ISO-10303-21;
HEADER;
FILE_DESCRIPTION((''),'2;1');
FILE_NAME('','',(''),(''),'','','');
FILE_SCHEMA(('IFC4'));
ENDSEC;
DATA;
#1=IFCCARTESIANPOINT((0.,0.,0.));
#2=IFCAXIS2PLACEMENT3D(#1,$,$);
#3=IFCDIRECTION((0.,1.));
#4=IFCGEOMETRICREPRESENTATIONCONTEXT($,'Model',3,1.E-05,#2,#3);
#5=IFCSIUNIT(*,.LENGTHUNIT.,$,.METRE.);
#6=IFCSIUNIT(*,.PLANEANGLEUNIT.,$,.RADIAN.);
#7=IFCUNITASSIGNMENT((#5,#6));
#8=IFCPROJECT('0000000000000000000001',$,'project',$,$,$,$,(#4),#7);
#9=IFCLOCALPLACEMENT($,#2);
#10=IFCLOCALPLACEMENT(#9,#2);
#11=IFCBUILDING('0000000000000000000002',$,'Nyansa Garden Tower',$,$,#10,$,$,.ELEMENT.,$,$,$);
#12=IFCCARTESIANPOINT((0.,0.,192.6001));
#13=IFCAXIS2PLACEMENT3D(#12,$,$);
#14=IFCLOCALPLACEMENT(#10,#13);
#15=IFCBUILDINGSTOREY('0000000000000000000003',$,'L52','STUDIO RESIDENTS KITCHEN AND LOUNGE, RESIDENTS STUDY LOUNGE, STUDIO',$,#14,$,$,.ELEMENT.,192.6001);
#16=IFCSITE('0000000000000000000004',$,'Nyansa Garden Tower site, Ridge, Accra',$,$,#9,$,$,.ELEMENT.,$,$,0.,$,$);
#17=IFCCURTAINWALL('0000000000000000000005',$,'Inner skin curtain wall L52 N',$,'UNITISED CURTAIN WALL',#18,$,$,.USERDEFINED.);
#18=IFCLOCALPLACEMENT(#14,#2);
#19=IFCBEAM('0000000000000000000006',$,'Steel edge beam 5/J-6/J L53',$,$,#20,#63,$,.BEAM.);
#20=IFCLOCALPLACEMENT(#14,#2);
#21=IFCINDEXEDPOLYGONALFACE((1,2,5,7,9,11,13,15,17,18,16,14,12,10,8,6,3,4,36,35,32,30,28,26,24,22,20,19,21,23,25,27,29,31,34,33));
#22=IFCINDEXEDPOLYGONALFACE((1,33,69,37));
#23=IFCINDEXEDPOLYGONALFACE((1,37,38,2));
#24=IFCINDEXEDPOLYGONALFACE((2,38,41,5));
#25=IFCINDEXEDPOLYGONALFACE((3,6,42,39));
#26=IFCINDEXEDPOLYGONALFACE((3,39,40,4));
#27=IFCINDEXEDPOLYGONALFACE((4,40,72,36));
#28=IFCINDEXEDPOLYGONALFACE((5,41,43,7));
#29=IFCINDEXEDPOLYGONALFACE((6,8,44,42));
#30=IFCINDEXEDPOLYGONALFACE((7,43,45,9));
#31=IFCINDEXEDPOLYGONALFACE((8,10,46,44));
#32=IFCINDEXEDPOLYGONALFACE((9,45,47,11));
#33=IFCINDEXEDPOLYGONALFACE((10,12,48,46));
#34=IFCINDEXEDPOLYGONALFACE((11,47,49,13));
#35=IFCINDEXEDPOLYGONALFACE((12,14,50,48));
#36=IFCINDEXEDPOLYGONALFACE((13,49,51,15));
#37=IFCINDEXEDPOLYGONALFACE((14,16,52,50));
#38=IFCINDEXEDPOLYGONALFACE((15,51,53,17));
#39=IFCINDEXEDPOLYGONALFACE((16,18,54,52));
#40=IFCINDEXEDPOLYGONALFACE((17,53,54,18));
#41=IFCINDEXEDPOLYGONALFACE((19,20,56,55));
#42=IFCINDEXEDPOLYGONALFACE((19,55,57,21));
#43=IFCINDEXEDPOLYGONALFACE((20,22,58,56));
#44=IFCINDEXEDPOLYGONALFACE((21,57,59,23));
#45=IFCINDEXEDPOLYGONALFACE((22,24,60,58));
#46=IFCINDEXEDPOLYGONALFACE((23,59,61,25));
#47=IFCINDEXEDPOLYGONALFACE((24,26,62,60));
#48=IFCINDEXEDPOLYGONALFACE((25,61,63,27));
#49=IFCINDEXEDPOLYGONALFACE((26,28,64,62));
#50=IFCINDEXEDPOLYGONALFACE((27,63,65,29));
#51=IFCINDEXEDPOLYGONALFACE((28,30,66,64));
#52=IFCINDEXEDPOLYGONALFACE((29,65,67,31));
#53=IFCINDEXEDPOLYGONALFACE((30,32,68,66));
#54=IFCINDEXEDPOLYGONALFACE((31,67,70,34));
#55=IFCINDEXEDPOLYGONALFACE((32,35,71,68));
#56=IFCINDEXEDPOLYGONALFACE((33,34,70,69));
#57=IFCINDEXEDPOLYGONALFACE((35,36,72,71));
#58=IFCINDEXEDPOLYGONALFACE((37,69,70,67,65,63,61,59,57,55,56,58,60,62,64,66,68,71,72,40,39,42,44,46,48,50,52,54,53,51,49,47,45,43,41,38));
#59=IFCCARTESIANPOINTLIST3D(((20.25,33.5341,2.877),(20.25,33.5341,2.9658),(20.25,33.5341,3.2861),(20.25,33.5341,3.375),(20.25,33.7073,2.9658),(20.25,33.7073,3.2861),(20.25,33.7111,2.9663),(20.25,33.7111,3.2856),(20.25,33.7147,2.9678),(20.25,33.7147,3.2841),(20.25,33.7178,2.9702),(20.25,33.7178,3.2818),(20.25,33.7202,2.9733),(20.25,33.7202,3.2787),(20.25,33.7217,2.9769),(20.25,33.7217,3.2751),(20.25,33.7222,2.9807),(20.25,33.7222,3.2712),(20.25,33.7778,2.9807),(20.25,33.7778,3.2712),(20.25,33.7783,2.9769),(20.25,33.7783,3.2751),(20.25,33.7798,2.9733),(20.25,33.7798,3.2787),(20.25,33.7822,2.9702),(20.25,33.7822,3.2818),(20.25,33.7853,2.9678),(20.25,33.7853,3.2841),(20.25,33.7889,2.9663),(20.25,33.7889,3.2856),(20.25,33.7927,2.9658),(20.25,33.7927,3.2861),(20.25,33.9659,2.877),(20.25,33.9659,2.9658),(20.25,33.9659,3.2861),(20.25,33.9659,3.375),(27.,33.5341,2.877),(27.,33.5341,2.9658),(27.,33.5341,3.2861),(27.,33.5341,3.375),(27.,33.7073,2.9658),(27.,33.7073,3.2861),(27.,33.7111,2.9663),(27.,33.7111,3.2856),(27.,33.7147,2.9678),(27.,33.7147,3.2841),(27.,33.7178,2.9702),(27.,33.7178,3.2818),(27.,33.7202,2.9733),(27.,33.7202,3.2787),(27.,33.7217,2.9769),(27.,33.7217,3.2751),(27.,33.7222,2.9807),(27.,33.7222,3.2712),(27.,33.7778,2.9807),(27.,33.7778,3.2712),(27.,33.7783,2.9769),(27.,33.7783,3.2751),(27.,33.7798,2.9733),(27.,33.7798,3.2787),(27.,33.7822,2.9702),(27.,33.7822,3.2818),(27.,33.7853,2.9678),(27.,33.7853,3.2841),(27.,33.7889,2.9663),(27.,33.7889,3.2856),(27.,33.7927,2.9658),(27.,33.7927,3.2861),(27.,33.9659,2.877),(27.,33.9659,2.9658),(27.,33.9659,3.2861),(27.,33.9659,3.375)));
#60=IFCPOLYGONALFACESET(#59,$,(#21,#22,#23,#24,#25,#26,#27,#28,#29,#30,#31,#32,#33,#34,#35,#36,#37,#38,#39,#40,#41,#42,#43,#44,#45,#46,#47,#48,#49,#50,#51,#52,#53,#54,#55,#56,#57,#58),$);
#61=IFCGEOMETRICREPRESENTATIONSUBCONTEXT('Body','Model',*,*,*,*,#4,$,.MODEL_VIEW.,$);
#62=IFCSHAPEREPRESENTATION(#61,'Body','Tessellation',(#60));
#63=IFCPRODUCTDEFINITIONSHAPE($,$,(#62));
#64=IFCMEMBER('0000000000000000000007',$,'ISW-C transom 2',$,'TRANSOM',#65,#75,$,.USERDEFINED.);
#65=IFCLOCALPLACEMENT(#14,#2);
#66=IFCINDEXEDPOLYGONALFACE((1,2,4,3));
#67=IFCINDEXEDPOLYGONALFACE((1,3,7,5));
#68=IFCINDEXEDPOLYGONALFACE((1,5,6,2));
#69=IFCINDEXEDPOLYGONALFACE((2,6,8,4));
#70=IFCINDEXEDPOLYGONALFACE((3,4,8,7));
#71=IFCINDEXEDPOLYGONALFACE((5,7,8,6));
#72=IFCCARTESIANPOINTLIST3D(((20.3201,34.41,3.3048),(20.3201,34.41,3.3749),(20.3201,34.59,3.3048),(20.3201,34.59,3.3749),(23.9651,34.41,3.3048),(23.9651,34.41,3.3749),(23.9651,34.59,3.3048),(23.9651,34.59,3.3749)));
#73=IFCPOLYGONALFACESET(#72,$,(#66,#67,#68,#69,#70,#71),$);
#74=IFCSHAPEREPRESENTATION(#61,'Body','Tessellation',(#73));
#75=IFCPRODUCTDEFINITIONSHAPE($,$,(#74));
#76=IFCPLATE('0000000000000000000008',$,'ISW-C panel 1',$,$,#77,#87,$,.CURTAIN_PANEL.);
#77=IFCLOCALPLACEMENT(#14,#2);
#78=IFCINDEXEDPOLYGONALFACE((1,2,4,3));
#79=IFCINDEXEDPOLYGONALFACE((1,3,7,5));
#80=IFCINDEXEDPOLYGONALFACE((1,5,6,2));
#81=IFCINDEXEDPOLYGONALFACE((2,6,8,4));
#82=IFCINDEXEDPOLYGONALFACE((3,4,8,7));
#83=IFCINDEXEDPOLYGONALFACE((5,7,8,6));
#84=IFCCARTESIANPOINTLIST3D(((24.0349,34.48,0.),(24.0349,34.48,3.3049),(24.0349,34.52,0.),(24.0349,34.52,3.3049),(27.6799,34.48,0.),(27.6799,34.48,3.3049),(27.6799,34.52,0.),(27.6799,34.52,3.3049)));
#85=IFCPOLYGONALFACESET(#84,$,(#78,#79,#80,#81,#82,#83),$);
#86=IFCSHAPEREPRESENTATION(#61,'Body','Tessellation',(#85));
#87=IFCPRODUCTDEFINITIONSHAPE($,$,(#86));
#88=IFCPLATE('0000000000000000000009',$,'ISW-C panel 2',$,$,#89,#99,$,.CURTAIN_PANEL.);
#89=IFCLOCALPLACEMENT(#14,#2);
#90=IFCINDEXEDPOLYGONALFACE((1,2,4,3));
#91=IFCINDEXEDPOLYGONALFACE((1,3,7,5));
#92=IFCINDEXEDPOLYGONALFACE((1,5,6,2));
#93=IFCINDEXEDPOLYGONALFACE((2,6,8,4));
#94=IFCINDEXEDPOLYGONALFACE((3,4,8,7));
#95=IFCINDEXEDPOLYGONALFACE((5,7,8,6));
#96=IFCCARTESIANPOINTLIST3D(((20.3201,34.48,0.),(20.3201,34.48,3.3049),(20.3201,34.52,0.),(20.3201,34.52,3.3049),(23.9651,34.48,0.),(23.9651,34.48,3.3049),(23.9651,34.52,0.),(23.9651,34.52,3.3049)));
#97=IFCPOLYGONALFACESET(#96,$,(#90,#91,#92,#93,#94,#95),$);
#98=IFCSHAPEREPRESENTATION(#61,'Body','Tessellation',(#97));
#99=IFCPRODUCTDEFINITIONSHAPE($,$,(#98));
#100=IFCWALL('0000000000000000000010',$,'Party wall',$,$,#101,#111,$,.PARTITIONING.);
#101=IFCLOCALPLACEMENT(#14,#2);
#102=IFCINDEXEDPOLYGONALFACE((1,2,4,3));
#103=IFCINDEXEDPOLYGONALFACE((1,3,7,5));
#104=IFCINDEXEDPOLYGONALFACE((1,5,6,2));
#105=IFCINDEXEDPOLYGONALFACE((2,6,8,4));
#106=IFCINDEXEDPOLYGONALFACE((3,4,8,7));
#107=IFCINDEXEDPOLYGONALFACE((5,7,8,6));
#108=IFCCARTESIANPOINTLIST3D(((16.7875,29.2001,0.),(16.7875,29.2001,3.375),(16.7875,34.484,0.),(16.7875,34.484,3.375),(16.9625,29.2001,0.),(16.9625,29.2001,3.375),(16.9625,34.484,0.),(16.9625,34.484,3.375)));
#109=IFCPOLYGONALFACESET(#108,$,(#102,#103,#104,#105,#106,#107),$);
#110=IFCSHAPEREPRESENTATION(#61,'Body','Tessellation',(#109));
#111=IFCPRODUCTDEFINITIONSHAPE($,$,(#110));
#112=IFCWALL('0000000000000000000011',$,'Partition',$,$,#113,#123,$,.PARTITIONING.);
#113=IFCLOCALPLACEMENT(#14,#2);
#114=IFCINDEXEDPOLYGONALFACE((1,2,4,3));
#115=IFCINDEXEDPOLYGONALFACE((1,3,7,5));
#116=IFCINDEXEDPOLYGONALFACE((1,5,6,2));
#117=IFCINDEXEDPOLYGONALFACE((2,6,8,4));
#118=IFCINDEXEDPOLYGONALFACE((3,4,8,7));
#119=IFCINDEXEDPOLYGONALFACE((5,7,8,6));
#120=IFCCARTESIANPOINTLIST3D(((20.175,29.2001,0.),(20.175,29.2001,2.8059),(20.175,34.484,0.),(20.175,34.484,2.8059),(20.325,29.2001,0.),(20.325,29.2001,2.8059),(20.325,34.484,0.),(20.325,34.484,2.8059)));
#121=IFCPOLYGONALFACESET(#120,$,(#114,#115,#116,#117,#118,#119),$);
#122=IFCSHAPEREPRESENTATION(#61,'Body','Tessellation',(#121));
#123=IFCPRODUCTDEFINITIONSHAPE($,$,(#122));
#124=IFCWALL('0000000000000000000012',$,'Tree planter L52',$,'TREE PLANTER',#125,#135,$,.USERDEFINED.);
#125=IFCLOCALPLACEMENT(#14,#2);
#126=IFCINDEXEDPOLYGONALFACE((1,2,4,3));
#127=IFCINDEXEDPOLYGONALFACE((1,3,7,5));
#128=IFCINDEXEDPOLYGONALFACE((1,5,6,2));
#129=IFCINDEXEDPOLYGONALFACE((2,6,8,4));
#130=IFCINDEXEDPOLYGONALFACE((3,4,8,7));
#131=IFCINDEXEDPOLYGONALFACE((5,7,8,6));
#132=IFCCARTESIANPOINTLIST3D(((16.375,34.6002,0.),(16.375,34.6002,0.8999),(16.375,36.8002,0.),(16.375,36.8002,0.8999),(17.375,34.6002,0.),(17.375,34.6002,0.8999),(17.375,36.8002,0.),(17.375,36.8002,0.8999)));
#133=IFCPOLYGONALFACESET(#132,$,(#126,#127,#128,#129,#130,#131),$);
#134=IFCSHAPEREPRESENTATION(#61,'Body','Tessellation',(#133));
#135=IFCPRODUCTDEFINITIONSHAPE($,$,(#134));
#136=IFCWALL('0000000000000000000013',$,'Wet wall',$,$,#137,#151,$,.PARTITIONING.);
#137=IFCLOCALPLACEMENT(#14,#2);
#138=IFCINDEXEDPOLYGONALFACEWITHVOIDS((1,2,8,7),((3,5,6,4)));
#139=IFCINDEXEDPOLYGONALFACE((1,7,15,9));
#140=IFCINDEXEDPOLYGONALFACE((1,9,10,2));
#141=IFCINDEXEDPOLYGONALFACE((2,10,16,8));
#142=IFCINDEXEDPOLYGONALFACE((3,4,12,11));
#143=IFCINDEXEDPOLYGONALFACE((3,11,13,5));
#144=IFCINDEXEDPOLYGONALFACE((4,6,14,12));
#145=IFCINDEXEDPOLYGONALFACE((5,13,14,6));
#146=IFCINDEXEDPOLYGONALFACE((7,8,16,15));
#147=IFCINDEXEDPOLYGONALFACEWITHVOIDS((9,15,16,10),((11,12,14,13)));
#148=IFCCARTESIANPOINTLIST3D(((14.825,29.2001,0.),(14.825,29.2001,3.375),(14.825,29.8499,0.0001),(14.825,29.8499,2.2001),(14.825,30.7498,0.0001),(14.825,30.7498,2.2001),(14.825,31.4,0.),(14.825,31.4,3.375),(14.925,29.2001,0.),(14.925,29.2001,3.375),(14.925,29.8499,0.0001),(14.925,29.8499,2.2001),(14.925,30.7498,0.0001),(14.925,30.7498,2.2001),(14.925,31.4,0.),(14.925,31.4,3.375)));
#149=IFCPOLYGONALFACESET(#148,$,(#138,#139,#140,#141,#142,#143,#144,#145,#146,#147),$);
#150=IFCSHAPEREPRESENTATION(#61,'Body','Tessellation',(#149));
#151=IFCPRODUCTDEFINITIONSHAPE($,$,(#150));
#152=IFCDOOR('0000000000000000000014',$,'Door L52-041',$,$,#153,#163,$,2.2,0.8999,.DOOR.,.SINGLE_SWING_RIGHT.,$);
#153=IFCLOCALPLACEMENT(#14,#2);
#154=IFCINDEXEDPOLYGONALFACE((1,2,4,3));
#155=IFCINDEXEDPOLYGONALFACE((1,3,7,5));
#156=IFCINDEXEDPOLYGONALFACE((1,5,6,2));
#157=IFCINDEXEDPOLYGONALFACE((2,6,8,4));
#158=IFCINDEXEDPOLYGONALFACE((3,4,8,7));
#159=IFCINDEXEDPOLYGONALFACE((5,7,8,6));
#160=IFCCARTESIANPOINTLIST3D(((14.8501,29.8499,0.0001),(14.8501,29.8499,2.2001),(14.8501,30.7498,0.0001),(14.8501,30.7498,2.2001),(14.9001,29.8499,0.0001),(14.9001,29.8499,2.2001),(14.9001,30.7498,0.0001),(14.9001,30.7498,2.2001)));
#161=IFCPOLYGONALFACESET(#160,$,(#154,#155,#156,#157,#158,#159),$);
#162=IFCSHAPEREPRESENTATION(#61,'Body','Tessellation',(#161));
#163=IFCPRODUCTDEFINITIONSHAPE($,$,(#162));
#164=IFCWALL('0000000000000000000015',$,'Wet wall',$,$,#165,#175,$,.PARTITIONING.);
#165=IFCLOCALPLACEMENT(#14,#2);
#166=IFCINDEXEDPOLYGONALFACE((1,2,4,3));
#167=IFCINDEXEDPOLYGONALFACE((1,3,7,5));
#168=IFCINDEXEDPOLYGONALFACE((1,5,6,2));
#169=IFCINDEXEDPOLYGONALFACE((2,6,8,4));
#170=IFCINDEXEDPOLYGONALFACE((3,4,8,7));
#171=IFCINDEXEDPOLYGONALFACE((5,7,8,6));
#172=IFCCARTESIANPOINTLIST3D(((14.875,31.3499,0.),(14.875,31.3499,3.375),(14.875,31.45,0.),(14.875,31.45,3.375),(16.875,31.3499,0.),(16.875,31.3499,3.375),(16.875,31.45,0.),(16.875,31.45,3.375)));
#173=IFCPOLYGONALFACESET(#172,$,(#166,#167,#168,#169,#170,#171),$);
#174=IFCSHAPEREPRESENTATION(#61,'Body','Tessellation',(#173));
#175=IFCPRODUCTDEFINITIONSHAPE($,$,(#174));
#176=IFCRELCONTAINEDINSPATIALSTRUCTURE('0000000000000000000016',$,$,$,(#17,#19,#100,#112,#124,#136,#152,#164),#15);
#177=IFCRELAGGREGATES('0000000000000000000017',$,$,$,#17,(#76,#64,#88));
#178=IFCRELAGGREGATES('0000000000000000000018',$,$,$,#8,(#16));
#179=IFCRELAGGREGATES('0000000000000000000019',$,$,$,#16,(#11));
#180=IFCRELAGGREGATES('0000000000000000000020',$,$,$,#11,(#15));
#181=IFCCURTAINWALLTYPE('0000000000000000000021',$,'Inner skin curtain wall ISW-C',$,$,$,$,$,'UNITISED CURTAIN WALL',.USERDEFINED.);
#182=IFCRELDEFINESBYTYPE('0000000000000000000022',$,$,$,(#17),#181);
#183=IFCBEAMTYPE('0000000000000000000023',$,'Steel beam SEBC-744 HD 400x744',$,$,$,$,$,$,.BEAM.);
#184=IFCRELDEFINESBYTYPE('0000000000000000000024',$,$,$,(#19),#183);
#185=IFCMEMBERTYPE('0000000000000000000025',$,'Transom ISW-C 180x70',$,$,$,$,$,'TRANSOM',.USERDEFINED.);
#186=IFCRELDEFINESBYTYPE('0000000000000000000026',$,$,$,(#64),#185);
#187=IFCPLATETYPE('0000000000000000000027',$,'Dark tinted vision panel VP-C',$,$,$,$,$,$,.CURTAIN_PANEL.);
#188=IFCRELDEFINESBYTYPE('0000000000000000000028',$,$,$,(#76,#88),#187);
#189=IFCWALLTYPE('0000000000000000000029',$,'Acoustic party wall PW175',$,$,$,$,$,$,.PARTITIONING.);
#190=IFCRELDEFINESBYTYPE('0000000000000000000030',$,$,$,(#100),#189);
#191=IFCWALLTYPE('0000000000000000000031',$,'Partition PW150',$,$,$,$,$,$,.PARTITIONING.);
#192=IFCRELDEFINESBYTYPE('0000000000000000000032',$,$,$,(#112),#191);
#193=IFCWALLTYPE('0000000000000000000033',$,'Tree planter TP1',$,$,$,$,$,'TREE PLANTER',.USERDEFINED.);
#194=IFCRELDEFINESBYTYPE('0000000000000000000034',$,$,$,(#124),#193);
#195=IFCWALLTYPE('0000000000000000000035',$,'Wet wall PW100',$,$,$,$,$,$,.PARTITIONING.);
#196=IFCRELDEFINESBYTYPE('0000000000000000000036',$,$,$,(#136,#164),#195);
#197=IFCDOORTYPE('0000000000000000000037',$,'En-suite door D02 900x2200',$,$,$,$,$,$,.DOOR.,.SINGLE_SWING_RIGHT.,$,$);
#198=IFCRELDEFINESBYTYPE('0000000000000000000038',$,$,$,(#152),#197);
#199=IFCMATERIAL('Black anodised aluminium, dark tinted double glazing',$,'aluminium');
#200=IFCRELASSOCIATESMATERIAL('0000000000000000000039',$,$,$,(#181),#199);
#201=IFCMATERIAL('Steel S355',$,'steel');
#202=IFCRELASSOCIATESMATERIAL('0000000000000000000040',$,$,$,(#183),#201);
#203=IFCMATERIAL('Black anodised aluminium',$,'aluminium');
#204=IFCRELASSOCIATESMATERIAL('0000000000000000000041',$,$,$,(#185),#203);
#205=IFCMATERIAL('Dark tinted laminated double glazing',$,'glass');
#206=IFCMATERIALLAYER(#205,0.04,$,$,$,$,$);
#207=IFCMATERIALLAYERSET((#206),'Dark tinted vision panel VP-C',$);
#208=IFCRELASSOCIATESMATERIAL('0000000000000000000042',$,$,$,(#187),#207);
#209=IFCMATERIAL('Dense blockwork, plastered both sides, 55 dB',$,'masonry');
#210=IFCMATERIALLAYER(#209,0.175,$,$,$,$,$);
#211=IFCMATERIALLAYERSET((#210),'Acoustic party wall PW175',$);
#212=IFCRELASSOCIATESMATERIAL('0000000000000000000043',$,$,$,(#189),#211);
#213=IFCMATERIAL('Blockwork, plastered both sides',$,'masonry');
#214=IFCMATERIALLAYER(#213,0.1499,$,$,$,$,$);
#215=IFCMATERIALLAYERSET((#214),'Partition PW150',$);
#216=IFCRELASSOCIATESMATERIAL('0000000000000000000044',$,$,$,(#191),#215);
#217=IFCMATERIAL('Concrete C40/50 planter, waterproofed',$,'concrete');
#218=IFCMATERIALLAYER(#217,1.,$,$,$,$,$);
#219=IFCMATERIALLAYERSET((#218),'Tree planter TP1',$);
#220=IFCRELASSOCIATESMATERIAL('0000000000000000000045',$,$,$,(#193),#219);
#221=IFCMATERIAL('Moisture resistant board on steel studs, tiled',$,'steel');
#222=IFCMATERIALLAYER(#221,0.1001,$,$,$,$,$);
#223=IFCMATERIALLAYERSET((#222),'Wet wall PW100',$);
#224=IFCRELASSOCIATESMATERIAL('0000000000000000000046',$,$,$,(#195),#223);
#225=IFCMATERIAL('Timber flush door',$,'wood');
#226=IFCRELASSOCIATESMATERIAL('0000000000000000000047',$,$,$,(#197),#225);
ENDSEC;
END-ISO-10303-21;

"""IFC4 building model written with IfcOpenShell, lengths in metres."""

from ifc_helpers import new_model, si_unit, direction, frame, frame_2d, origin, origin_2d, place, context, subcontext, project, spatial, rectangle, i_section, extrude, material, layer, layer_set, material_profile, profile_set, type_object, element, fill, aggregate, save


model = new_model("IFC4")

# Units and contexts
model_context = context("Model", 3, precision=1e-05, world=origin(), true_north=direction((0.0, 1.0)))
body_context = subcontext(model_context, "Body", "Model", "MODEL_VIEW")
ifc_project = project(units=[si_unit("LENGTHUNIT", "METRE"), si_unit("PLANEANGLEUNIT", "RADIAN")], contexts=[model_context])

# Site, building, storey
site_placement = place(None, origin())
site = spatial("IfcSite", under=ifc_project, at=site_placement, Name="Nyansa Garden Tower site, Ridge, Accra", CompositionType="ELEMENT", RefElevation=0.0)
building_placement = place(site_placement, origin())
building = spatial("IfcBuilding", under=site, at=building_placement, Name="Nyansa Garden Tower", CompositionType="ELEMENT")
storey_placement = place(building_placement, frame((0.0, 0.0, 192.6001)))
storey = spatial("IfcBuildingStorey", under=building, at=storey_placement, Name="L52", Description="STUDIO RESIDENTS KITCHEN AND LOUNGE, RESIDENTS STUDY LOUNGE, STUDIO", CompositionType="ELEMENT", Elevation=192.6001)

# Curtain wall
ifc_material_1 = material(Name="Black anodised aluminium, dark tinted double glazing", Category="aluminium")
curtain_wall_type = type_object("IfcCurtainWallType", Name="Inner skin curtain wall ISW-C", ElementType="UNITISED CURTAIN WALL", PredefinedType="USERDEFINED", material=ifc_material_1)
curtain_wall_placement = place(storey_placement, origin())
curtain_wall = element("IfcCurtainWall", 1, at=curtain_wall_placement, inside=storey, type_object=curtain_wall_type, Name="Inner skin curtain wall L52 N", ObjectType="UNITISED CURTAIN WALL", PredefinedType="USERDEFINED")

# Beam
ifc_material_2 = material(Name="Steel S355", Category="steel")
ifc_material_profile_1 = material_profile(ifc_material_2, i_section(OverallWidth=0.4319, OverallDepth=0.498, WebThickness=0.0557, FlangeThickness=0.0889, FilletRadius=0.0149, at=origin_2d()), Name="HD 400x744")
ifc_profile_set_1 = profile_set([ifc_material_profile_1], Name="Steel S355")
beam_type_1 = type_object("IfcBeamType", Name="Steel beam SEBC-744 HD 400x744", PredefinedType="BEAM", material=ifc_profile_set_1)
beam_1_placement = place(storey_placement, frame((20.25, 33.75, 3.126), z_axis=(1.0, 0.0, 0.0), x_axis=(0.0, 1.0, 0.0)))
element("IfcBeam", 2, at=beam_1_placement, inside=storey, type_object=beam_type_1, Name="Steel edge beam 5/J-6/J L53", PredefinedType="BEAM", context=body_context, shape_type="SweptSolid", body=[
    extrude(i_section(OverallWidth=0.4319, OverallDepth=0.498, WebThickness=0.0557, FlangeThickness=0.0889, FilletRadius=0.0149, at=origin_2d()), origin(), (0.0, 0.0, 1.0), 6.75),
])

# Member
ifc_material_3 = material(Name="Black anodised aluminium", Category="aluminium")
ifc_material_profile_2 = material_profile(ifc_material_3, rectangle(XDim=0.1799, YDim=0.0701, at=origin_2d()), Name="Transom 180x70")
ifc_profile_set_2 = profile_set([ifc_material_profile_2], Name="Black anodised aluminium")
member_type_1 = type_object("IfcMemberType", Name="Transom ISW-C 180x70", ElementType="TRANSOM", PredefinedType="USERDEFINED", material=ifc_profile_set_2)
member_1_placement = place(storey_placement, frame((23.9651, 34.5, 3.3398), z_axis=(-1.0, 0.0, 0.0), x_axis=(0.0, -1.0, 0.0)))
member_1 = element("IfcMember", 3, at=member_1_placement, type_object=member_type_1, Name="ISW-C transom 2", ObjectType="TRANSOM", PredefinedType="USERDEFINED", context=body_context, shape_type="SweptSolid", body=[
    extrude(rectangle(XDim=0.1799, YDim=0.0701, at=origin_2d()), origin(), (0.0, 0.0, 1.0), 3.645),
])

# Plates
ifc_material_4 = material(Name="Dark tinted laminated double glazing", Category="glass")
ifc_layer_1 = layer(ifc_material_4, 0.04)
ifc_layer_set_1 = layer_set([ifc_layer_1], Name="Dark tinted vision panel VP-C")
plate_type = type_object("IfcPlateType", Name="Dark tinted vision panel VP-C", PredefinedType="CURTAIN_PANEL", material=ifc_layer_set_1)
plate_1_placement = place(storey_placement, frame((25.8574, 34.5, 0.0), z_axis=(0.0, 0.0, 1.0), x_axis=(-1.0, 0.0, 0.0)))
plate_1 = element("IfcPlate", 4, at=plate_1_placement, type_object=plate_type, Name="ISW-C panel 1", PredefinedType="CURTAIN_PANEL", context=body_context, shape_type="SweptSolid", body=[
    extrude(rectangle(XDim=3.645, YDim=0.04, at=origin_2d()), origin(), (0.0, 0.0, 1.0), 3.3049),
])
plate_2_placement = place(storey_placement, frame((22.1426, 34.5, 0.0), z_axis=(0.0, 0.0, 1.0), x_axis=(-1.0, 0.0, 0.0)))
plate_2 = element("IfcPlate", 5, at=plate_2_placement, type_object=plate_type, Name="ISW-C panel 2", PredefinedType="CURTAIN_PANEL", context=body_context, shape_type="SweptSolid", body=[
    extrude(rectangle(XDim=3.645, YDim=0.04, at=origin_2d()), origin(), (0.0, 0.0, 1.0), 3.3049),
])
aggregate(curtain_wall, [plate_1, member_1, plate_2])

# Walls
ifc_material_5 = material(Name="Dense blockwork, plastered both sides, 55 dB", Category="masonry")
ifc_layer_2 = layer(ifc_material_5, 0.175)
ifc_layer_set_2 = layer_set([ifc_layer_2], Name="Acoustic party wall PW175")
wall_type_1 = type_object("IfcWallType", Name="Acoustic party wall PW175", PredefinedType="PARTITIONING", material=ifc_layer_set_2)
wall_1_placement = place(storey_placement, frame((16.875, 29.2, 0.0), z_axis=(0.0, 0.0, 1.0), x_axis=(0.0, 1.0, 0.0)))
element("IfcWall", 6, at=wall_1_placement, inside=storey, type_object=wall_type_1, Name="Party wall", PredefinedType="PARTITIONING", context=body_context, shape_type="SweptSolid", body=[
    extrude(rectangle(XDim=5.2839, YDim=0.175, at=frame_2d((2.6421, 0.0))), origin(), (0.0, 0.0, 1.0), 3.375),
])
ifc_material_6 = material(Name="Blockwork, plastered both sides", Category="masonry")
ifc_layer_3 = layer(ifc_material_6, 0.1499)
ifc_layer_set_3 = layer_set([ifc_layer_3], Name="Partition PW150")
wall_type_2 = type_object("IfcWallType", Name="Partition PW150", PredefinedType="PARTITIONING", material=ifc_layer_set_3)
wall_2_placement = place(storey_placement, frame((20.25, 29.2, 0.0), z_axis=(0.0, 0.0, 1.0), x_axis=(0.0, 1.0, 0.0)))
element("IfcWall", 7, at=wall_2_placement, inside=storey, type_object=wall_type_2, Name="Partition", PredefinedType="PARTITIONING", context=body_context, shape_type="SweptSolid", body=[
    extrude(rectangle(XDim=5.2839, YDim=0.1499, at=frame_2d((2.6421, 0.0))), origin(), (0.0, 0.0, 1.0), 2.8059),
])
ifc_material_7 = material(Name="Concrete C40/50 planter, waterproofed", Category="concrete")
ifc_layer_4 = layer(ifc_material_7, 1.0)
ifc_layer_set_4 = layer_set([ifc_layer_4], Name="Tree planter TP1")
wall_type_3 = type_object("IfcWallType", Name="Tree planter TP1", ElementType="TREE PLANTER", PredefinedType="USERDEFINED", material=ifc_layer_set_4)
wall_3_placement = place(storey_placement, frame((16.875, 34.6001, 0.0), z_axis=(0.0, 0.0, 1.0), x_axis=(0.0, 1.0, 0.0)))
element("IfcWall", 8, at=wall_3_placement, inside=storey, type_object=wall_type_3, Name="Tree planter L52", ObjectType="TREE PLANTER", PredefinedType="USERDEFINED", context=body_context, shape_type="SweptSolid", body=[
    extrude(rectangle(XDim=2.2, YDim=1.0, at=frame_2d((1.1001, 0.0))), origin(), (0.0, 0.0, 1.0), 0.8999),
])

# Wall, opening, door
ifc_material_8 = material(Name="Moisture resistant board on steel studs, tiled", Category="steel")
ifc_layer_5 = layer(ifc_material_8, 0.1001)
ifc_layer_set_5 = layer_set([ifc_layer_5], Name="Wet wall PW100")
wall_type_4 = type_object("IfcWallType", Name="Wet wall PW100", PredefinedType="PARTITIONING", material=ifc_layer_set_5)
wall_4_placement = place(storey_placement, frame((14.875, 29.2, 0.0), z_axis=(0.0, 0.0, 1.0), x_axis=(0.0, 1.0, 0.0)))
wall_4 = element("IfcWall", 9, at=wall_4_placement, inside=storey, type_object=wall_type_4, Name="Wet wall", PredefinedType="PARTITIONING", context=body_context, shape_type="SweptSolid", body=[
    extrude(rectangle(XDim=2.2, YDim=0.1001, at=frame_2d((1.1001, 0.0))), origin(), (0.0, 0.0, 1.0), 3.375),
])
opening_1_placement = place(wall_4_placement, frame((0.6499, 0.0, 0.0)))
opening_1 = element("IfcOpeningElement", 10, at=opening_1_placement, cuts=wall_4, PredefinedType="OPENING", context=body_context, shape_type="SweptSolid", body=[
    extrude(rectangle(XDim=0.8999, YDim=2.2, at=frame_2d((0.45, 1.1001))), frame((0.0, 0.0601, 0.0), z_axis=(0.0, -1.0, 0.0), x_axis=(1.0, 0.0, 0.0)), (0.0, 0.0, 1.0), 0.1201),
])
ifc_material_9 = material(Name="Timber flush door", Category="wood")
door_type = type_object("IfcDoorType", Name="En-suite door D02 900x2200", OperationType="SINGLE_SWING_RIGHT", PredefinedType="DOOR", material=ifc_material_9)
door_1_placement = place(opening_1_placement, origin())
door_1 = element("IfcDoor", 11, at=door_1_placement, inside=storey, type_object=door_type, Name="Door L52-041", OperationType="SINGLE_SWING_RIGHT", OverallHeight=2.2, OverallWidth=0.8999, PredefinedType="DOOR", context=body_context, shape_type="SweptSolid", body=[
    extrude(rectangle(XDim=0.8999, YDim=2.2, at=frame_2d((0.45, 1.1001))), frame((0.0, 0.0249, 0.0), z_axis=(0.0, -1.0, 0.0), x_axis=(1.0, 0.0, 0.0)), (0.0, 0.0, 1.0), 0.05),
])
fill(opening_1, door_1)

# Wall
wall_5_placement = place(storey_placement, frame((14.875, 31.3999, 0.0), z_axis=(0.0, 0.0, 1.0), x_axis=(1.0, 0.0, 0.0)))
element("IfcWall", 12, at=wall_5_placement, inside=storey, type_object=wall_type_4, Name="Wet wall", PredefinedType="PARTITIONING", context=body_context, shape_type="SweptSolid", body=[
    extrude(rectangle(XDim=2.0, YDim=0.1001, at=frame_2d((1.0, 0.0))), origin(), (0.0, 0.0, 1.0), 3.375),
])

save(model, "model.ifc")
